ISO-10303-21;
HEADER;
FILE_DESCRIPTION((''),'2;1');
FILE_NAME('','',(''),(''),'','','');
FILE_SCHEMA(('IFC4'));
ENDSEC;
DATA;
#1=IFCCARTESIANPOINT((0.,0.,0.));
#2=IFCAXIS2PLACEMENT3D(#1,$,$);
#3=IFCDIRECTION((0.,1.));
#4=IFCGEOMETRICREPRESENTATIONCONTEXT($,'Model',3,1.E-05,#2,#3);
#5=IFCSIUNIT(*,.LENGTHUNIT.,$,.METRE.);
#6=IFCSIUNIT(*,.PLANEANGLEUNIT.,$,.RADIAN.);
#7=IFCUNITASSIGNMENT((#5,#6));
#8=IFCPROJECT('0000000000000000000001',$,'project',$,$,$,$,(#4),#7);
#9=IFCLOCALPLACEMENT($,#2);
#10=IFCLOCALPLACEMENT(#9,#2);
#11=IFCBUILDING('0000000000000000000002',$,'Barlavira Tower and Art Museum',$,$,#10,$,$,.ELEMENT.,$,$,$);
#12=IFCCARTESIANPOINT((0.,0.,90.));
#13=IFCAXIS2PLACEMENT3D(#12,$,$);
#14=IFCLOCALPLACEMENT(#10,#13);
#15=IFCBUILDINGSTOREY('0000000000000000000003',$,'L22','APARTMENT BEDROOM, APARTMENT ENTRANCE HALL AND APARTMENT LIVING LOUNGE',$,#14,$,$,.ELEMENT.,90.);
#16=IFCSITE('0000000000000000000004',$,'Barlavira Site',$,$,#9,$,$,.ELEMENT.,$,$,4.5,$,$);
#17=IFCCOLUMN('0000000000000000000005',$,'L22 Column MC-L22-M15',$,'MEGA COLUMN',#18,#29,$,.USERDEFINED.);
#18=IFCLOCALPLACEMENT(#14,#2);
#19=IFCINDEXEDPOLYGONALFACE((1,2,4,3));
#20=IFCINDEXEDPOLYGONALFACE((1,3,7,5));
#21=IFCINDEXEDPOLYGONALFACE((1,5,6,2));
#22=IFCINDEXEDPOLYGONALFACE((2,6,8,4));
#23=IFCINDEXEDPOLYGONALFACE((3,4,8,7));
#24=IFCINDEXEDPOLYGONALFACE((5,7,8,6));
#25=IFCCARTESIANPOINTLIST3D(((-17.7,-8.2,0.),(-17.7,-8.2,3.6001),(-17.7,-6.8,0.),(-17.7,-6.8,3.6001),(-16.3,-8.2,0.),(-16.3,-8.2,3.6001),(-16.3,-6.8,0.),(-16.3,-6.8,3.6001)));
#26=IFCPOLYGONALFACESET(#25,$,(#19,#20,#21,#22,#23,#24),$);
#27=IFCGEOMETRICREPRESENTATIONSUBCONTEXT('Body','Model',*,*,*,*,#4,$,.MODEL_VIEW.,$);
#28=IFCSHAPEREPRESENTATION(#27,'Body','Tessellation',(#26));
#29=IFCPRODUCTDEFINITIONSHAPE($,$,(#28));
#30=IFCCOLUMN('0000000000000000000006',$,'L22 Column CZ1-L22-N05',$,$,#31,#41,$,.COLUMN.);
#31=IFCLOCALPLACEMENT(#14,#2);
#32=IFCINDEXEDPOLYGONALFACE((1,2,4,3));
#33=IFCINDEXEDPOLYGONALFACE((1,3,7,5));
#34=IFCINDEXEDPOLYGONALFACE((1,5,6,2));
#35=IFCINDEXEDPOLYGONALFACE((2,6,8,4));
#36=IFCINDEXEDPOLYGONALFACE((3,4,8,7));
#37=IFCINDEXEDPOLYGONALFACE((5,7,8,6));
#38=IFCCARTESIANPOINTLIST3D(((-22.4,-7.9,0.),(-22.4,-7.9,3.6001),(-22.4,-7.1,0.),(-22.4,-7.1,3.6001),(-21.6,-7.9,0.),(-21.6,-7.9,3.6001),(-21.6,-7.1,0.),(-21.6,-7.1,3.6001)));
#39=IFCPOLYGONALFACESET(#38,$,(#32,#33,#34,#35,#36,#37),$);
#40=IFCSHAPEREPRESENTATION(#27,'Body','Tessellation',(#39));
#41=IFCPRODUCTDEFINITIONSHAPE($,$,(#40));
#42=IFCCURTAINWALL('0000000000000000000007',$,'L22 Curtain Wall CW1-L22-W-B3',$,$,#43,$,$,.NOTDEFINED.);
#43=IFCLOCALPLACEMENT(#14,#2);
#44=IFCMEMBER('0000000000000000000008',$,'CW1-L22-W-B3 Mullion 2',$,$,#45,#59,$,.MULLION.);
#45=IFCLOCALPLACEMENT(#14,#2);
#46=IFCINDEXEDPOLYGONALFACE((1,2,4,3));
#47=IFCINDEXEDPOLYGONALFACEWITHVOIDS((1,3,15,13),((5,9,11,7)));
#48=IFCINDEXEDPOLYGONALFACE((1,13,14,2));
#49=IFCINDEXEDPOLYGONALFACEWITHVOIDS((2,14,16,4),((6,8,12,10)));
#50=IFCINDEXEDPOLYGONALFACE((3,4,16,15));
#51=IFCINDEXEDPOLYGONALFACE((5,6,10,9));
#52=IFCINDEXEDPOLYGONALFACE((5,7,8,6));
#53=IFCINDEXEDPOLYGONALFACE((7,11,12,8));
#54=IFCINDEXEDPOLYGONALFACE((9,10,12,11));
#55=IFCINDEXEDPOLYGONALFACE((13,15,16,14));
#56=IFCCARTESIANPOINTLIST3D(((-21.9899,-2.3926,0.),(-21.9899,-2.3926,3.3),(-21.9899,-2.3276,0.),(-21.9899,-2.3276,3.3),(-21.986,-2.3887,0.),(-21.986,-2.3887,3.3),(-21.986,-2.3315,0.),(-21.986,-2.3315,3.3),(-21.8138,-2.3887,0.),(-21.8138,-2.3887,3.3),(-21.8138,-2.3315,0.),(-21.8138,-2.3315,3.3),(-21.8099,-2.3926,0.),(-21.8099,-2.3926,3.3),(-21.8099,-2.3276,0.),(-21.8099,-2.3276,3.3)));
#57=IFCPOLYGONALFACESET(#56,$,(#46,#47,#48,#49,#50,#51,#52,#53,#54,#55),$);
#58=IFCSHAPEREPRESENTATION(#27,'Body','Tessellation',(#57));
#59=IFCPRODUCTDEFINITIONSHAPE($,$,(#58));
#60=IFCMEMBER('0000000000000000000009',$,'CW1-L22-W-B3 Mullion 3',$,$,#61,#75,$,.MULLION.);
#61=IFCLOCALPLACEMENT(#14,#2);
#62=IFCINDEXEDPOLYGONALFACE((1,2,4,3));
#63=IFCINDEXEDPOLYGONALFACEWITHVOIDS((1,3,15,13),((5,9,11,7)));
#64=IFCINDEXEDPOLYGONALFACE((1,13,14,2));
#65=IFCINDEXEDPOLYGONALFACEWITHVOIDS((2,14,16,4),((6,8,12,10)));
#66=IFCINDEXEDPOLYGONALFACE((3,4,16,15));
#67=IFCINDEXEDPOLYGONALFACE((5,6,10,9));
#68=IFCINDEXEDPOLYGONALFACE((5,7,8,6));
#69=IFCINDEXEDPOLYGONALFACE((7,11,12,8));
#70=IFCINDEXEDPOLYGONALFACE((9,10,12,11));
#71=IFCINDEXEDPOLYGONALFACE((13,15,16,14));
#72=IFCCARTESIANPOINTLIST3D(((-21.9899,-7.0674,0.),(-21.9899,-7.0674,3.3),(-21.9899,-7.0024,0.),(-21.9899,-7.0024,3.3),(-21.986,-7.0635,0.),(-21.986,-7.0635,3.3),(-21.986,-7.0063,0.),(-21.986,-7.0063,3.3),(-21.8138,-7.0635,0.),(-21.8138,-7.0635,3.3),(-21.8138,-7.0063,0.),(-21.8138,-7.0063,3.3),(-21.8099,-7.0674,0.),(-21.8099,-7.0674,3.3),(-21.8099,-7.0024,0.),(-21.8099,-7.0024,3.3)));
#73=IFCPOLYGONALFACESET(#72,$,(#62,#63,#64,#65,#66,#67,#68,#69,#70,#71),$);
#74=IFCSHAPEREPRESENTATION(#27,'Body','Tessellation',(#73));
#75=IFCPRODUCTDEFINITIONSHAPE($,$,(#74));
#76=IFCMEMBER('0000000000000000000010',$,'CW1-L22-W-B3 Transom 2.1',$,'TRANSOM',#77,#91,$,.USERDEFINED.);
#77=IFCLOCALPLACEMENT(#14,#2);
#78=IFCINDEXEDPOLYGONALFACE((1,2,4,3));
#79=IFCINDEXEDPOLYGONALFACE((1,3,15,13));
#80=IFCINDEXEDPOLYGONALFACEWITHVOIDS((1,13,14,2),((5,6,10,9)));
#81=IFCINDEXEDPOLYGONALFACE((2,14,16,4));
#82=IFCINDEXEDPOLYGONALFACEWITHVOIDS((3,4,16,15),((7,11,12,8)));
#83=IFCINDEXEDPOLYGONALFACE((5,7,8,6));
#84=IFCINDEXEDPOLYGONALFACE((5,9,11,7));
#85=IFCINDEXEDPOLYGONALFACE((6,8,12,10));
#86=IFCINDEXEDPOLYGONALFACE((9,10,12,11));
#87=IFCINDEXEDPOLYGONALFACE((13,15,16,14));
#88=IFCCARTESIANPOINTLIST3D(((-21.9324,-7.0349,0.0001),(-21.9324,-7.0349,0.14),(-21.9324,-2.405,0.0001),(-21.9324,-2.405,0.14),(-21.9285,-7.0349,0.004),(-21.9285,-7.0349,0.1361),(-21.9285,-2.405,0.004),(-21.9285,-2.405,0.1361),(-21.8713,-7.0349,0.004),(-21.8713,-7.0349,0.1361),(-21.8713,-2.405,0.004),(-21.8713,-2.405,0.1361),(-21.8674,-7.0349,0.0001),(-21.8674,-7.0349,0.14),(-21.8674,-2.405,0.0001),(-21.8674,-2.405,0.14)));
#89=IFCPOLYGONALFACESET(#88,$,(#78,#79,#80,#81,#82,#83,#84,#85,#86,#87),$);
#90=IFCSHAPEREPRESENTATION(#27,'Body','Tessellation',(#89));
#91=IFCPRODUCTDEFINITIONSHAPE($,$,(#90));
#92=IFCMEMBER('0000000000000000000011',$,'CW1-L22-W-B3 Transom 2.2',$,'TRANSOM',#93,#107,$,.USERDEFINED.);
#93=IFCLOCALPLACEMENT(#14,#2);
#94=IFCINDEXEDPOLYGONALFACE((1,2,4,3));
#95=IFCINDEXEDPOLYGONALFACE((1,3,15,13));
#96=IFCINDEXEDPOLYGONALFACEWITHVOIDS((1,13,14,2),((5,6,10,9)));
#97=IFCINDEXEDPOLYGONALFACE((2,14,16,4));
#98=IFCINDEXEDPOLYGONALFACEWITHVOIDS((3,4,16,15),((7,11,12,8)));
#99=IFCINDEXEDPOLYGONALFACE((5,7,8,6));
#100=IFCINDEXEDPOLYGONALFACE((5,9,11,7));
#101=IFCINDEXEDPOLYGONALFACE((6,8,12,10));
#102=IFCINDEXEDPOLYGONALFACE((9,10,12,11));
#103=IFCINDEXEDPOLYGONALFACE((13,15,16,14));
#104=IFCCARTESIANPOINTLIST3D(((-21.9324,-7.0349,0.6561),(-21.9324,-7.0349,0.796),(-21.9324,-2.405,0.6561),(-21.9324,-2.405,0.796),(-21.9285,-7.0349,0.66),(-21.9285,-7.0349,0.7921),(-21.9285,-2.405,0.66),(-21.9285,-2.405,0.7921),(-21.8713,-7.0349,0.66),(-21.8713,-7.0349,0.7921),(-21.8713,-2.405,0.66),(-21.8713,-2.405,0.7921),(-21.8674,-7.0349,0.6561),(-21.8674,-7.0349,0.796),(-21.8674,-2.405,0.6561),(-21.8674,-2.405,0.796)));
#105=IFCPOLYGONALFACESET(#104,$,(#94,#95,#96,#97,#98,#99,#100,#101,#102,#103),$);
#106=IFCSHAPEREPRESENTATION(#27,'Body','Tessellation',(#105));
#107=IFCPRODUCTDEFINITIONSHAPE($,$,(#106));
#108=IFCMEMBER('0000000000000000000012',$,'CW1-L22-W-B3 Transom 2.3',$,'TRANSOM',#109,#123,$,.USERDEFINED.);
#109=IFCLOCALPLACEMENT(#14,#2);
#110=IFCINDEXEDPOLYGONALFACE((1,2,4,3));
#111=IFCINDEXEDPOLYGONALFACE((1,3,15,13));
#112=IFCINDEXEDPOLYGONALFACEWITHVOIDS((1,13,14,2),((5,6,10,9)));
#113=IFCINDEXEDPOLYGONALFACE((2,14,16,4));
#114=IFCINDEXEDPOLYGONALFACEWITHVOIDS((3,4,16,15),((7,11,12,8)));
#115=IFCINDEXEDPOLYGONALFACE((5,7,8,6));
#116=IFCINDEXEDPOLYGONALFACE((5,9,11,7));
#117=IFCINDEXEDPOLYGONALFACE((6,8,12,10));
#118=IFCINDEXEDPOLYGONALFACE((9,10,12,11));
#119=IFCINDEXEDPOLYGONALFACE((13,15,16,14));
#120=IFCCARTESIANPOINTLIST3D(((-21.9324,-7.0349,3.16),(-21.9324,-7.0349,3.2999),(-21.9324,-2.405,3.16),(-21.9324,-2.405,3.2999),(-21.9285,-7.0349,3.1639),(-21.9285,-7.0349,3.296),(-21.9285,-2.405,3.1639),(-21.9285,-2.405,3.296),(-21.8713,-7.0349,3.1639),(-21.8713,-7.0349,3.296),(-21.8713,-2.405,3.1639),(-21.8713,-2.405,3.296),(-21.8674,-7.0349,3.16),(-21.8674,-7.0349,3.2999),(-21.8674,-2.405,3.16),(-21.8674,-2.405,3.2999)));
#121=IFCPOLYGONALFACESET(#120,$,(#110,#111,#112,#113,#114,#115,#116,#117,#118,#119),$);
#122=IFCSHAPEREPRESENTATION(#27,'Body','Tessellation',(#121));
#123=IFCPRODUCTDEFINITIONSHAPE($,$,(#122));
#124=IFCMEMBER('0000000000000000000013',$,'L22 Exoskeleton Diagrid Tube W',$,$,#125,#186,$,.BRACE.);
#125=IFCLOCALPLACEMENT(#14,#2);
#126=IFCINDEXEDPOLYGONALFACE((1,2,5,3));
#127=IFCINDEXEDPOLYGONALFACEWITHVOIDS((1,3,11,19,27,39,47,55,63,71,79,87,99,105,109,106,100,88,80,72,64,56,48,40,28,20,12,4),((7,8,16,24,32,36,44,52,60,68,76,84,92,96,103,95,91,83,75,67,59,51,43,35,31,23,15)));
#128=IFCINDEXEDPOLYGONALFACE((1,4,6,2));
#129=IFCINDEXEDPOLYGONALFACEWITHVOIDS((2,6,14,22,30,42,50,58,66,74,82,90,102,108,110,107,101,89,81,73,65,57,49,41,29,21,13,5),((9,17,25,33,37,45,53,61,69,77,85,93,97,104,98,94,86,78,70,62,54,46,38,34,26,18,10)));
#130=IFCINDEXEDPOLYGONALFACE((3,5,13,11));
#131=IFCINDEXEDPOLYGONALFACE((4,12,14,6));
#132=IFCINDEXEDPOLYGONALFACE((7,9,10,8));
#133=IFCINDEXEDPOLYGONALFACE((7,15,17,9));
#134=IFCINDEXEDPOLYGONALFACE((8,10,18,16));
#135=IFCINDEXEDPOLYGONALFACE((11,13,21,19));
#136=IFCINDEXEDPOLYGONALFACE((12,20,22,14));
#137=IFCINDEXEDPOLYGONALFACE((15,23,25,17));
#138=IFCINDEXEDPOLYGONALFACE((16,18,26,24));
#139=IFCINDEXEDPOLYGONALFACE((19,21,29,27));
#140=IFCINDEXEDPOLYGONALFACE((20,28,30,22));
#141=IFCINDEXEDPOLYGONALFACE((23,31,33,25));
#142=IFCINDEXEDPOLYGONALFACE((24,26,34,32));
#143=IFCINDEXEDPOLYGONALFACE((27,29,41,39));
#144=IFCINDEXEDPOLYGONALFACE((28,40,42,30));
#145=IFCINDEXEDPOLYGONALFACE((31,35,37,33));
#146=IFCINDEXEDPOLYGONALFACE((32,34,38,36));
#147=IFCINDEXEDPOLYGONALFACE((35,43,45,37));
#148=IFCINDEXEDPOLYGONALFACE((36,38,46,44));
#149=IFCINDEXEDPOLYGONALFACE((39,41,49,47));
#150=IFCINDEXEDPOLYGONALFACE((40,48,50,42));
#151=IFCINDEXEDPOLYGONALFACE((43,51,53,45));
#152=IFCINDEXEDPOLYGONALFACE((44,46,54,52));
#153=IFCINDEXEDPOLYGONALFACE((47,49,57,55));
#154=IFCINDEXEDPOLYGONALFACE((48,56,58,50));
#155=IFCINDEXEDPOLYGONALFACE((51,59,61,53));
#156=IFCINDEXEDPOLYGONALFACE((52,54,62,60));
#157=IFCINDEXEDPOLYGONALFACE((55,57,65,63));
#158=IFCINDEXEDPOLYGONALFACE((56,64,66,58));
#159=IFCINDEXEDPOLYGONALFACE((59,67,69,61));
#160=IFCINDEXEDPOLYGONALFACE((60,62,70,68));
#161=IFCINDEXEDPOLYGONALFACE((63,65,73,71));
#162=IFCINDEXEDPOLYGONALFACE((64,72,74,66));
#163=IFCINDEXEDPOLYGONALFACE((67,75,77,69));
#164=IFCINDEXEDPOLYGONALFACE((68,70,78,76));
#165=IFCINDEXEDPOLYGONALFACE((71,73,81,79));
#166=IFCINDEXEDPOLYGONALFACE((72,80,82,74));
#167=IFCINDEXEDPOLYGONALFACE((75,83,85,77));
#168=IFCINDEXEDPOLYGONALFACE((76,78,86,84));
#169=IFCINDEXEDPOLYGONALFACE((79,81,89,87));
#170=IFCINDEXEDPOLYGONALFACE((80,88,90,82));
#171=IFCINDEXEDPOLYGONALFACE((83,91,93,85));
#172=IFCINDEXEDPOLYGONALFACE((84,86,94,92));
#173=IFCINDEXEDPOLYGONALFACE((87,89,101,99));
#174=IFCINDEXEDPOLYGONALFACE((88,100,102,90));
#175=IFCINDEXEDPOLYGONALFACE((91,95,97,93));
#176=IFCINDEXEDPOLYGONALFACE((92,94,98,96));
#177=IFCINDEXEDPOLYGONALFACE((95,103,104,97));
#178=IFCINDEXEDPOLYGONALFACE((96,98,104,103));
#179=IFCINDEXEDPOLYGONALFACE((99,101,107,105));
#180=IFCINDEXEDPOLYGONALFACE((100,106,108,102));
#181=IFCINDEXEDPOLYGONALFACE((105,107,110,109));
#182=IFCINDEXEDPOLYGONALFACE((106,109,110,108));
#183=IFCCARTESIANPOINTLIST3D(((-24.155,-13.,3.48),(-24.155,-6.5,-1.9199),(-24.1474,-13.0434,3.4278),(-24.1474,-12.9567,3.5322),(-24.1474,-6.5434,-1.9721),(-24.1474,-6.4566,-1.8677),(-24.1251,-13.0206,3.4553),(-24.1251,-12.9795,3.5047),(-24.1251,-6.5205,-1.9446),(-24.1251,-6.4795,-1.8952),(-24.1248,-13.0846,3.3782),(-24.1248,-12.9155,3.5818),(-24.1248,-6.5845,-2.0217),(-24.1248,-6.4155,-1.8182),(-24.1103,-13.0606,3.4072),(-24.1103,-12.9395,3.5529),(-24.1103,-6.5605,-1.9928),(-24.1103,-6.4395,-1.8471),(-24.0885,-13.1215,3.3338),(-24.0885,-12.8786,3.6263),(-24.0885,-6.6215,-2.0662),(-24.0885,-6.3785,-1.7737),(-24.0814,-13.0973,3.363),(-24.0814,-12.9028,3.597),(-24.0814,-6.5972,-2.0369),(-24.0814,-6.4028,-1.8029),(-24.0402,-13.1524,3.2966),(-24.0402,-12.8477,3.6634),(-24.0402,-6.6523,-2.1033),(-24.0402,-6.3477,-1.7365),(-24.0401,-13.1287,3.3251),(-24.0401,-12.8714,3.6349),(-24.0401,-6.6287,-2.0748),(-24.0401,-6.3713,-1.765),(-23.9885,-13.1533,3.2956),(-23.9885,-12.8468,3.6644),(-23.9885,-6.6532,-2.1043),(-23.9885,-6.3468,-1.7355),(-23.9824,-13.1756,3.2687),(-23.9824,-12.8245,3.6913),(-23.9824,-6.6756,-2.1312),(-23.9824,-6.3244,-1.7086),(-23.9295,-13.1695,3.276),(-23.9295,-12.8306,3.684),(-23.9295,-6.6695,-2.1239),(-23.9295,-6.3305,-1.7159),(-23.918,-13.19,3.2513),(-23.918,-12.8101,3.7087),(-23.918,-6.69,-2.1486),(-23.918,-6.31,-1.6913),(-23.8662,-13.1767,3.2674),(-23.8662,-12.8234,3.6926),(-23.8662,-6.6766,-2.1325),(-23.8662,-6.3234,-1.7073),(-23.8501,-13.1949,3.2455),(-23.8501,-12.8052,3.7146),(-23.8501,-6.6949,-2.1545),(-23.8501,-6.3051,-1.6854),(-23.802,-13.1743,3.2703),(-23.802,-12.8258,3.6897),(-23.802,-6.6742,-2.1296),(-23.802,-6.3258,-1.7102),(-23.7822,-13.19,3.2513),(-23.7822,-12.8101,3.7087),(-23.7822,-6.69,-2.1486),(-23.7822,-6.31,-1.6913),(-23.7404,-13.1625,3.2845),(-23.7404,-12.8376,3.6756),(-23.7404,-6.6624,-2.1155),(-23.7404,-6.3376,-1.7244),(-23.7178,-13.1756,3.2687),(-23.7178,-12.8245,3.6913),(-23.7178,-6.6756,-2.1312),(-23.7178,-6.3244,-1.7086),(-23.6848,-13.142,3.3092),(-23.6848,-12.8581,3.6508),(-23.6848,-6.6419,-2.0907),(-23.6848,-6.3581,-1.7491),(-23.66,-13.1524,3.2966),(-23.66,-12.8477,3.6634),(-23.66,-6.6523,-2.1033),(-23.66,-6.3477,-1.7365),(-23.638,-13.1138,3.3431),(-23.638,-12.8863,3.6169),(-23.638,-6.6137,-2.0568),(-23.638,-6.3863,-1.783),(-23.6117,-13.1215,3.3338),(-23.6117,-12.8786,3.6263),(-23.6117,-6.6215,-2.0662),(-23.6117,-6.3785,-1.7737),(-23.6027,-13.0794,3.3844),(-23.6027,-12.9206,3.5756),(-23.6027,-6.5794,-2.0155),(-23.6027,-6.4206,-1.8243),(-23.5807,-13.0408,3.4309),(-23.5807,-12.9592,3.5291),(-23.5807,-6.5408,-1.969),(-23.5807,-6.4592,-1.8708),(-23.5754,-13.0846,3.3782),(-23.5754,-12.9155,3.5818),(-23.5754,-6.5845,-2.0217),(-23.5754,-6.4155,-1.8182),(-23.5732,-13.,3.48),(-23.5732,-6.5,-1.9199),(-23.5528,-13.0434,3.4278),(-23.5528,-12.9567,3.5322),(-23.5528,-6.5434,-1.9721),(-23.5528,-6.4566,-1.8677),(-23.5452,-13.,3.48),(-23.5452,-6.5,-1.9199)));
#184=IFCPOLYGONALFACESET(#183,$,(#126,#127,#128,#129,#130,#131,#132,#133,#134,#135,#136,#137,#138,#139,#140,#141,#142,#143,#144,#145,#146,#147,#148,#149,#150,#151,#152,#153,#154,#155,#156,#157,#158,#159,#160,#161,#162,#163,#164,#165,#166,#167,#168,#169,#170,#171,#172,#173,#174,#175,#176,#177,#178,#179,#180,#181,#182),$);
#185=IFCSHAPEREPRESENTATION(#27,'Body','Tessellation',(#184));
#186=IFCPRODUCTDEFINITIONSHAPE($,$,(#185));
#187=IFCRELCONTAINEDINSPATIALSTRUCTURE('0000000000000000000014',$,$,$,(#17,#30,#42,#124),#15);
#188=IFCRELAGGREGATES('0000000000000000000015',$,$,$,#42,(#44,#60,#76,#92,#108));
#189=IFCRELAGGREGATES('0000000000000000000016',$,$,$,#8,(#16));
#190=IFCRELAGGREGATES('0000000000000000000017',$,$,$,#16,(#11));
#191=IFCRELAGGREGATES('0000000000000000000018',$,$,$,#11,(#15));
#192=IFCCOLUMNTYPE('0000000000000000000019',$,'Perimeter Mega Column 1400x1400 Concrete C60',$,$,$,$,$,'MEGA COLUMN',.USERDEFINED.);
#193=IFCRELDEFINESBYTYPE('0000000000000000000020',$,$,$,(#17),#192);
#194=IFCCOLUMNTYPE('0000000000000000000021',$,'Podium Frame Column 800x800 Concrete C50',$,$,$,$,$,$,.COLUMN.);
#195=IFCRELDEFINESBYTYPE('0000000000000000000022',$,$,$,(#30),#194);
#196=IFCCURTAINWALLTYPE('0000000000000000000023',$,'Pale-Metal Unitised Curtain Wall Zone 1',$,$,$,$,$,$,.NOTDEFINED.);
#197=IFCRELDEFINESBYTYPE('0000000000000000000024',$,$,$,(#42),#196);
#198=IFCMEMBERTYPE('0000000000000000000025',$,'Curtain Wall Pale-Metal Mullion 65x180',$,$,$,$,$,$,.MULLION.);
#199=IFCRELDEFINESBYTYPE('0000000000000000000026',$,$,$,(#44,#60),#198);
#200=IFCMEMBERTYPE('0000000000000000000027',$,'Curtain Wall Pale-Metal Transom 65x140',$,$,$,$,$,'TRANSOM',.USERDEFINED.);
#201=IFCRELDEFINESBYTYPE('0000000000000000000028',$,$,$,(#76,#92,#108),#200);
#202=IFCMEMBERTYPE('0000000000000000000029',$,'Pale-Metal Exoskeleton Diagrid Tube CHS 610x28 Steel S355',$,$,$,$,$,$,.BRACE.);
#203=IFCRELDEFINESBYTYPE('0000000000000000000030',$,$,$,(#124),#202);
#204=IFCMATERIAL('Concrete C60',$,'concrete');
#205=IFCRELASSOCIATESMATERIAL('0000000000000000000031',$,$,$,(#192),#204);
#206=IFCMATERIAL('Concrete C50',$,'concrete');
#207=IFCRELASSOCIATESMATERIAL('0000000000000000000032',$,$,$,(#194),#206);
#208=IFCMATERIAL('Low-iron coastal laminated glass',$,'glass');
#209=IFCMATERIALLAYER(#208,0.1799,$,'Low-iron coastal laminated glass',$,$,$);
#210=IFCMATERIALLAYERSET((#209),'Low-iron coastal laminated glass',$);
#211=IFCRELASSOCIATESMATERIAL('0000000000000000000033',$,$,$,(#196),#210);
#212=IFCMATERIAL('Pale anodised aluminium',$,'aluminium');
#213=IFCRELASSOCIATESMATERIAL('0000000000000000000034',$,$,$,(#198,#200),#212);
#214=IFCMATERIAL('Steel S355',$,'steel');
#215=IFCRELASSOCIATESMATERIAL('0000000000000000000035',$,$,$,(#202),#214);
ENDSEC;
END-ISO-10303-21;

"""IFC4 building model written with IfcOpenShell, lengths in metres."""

from ifc_helpers import new_model, si_unit, direction, frame, origin, origin_2d, place, context, subcontext, project, spatial, rectangle, hollow_rectangle, hollow_circle, extrude, material, layer, layer_set, material_profile, profile_set, type_object, element, aggregate, save


model = new_model("IFC4")

# Units and contexts
model_context = context("Model", 3, precision=1e-05, world=origin(), true_north=direction((0.0, 1.0)))
body_context = subcontext(model_context, "Body", "Model", "MODEL_VIEW")
ifc_project = project(units=[si_unit("LENGTHUNIT", "METRE"), si_unit("PLANEANGLEUNIT", "RADIAN")], contexts=[model_context])

# Site, building, storey
site_placement = place(None, origin())
site = spatial("IfcSite", under=ifc_project, at=site_placement, Name="Barlavira Site", CompositionType="ELEMENT", RefElevation=4.5)
building_placement = place(site_placement, origin())
building = spatial("IfcBuilding", under=site, at=building_placement, Name="Barlavira Tower and Art Museum", CompositionType="ELEMENT")
storey_placement = place(building_placement, frame((0.0, 0.0, 90.0)))
storey = spatial("IfcBuildingStorey", under=building, at=storey_placement, Name="L22", Description="APARTMENT BEDROOM, APARTMENT ENTRANCE HALL AND APARTMENT LIVING LOUNGE", CompositionType="ELEMENT", Elevation=90.0)

# Columns
ifc_material_1 = material(Name="Concrete C60", Category="concrete")
ifc_material_profile_1 = material_profile(ifc_material_1, rectangle(XDim=1.3999, YDim=1.3999, at=origin_2d()), Name="RC-MCOL 1400x1400")
ifc_profile_set_1 = profile_set([ifc_material_profile_1], Name="Concrete C60")
column_type_1 = type_object("IfcColumnType", Name="Perimeter Mega Column 1400x1400 Concrete C60", ElementType="MEGA COLUMN", PredefinedType="USERDEFINED", material=ifc_profile_set_1)
column_1_placement = place(storey_placement, frame((-17.0, -7.5, 0.0), z_axis=(0.0, 0.0, 1.0), x_axis=(1.0, 0.0, 0.0)))
element("IfcColumn", 1, at=column_1_placement, inside=storey, type_object=column_type_1, Name="L22 Column MC-L22-M15", ObjectType="MEGA COLUMN", PredefinedType="USERDEFINED", context=body_context, shape_type="SweptSolid", body=[
    extrude(rectangle(XDim=1.3999, YDim=1.3999, at=origin_2d()), origin(), (0.0, 0.0, 1.0), 3.6001),
])
ifc_material_2 = material(Name="Concrete C50", Category="concrete")
ifc_material_profile_2 = material_profile(ifc_material_2, rectangle(XDim=0.8, YDim=0.8, at=origin_2d()), Name="RC-COL 800x800")
ifc_profile_set_2 = profile_set([ifc_material_profile_2], Name="Concrete C50")
column_type_2 = type_object("IfcColumnType", Name="Podium Frame Column 800x800 Concrete C50", PredefinedType="COLUMN", material=ifc_profile_set_2)
column_2_placement = place(storey_placement, frame((-22.0, -7.5, 0.0), z_axis=(0.0, 0.0, 1.0), x_axis=(1.0, 0.0, 0.0)))
element("IfcColumn", 2, at=column_2_placement, inside=storey, type_object=column_type_2, Name="L22 Column CZ1-L22-N05", PredefinedType="COLUMN", context=body_context, shape_type="SweptSolid", body=[
    extrude(rectangle(XDim=0.8, YDim=0.8, at=origin_2d()), origin(), (0.0, 0.0, 1.0), 3.6001),
])

# Curtain wall, members
ifc_material_3 = material(Name="Low-iron coastal laminated glass", Category="glass")
ifc_layer_1 = layer(ifc_material_3, 0.1799, Name="Low-iron coastal laminated glass")
ifc_layer_set_1 = layer_set([ifc_layer_1], Name="Low-iron coastal laminated glass")
curtain_wall_type = type_object("IfcCurtainWallType", Name="Pale-Metal Unitised Curtain Wall Zone 1", PredefinedType="NOTDEFINED", material=ifc_layer_set_1)
curtain_wall_placement = place(storey_placement, origin())
curtain_wall = element("IfcCurtainWall", 3, at=curtain_wall_placement, inside=storey, type_object=curtain_wall_type, Name="L22 Curtain Wall CW1-L22-W-B3", PredefinedType="NOTDEFINED")
ifc_material_4 = material(Name="Pale anodised aluminium", Category="aluminium")
ifc_material_profile_3 = material_profile(ifc_material_4, hollow_rectangle(XDim=0.0649, YDim=0.1799, WallThickness=0.0039, at=origin_2d()), Name="ALU-MULL 65x180x4")
ifc_profile_set_3 = profile_set([ifc_material_profile_3], Name="Pale anodised aluminium")
member_type_1 = type_object("IfcMemberType", Name="Curtain Wall Pale-Metal Mullion 65x180", PredefinedType="MULLION", material=ifc_profile_set_3)
member_1_placement = place(storey_placement, frame((-21.8999, -2.3601, 0.0), z_axis=(0.0, 0.0, 1.0), x_axis=(0.0, -1.0, 0.0)))
member_1 = element("IfcMember", 4, at=member_1_placement, type_object=member_type_1, Name="CW1-L22-W-B3 Mullion 2", PredefinedType="MULLION", context=body_context, shape_type="SweptSolid", body=[
    extrude(hollow_rectangle(XDim=0.0649, YDim=0.1799, WallThickness=0.0039, at=origin_2d()), origin(), (0.0, 0.0, 1.0), 3.3),
])
member_2_placement = place(storey_placement, frame((-21.8999, -7.0349, 0.0), z_axis=(0.0, 0.0, 1.0), x_axis=(0.0, -1.0, 0.0)))
member_2 = element("IfcMember", 5, at=member_2_placement, type_object=member_type_1, Name="CW1-L22-W-B3 Mullion 3", PredefinedType="MULLION", context=body_context, shape_type="SweptSolid", body=[
    extrude(hollow_rectangle(XDim=0.0649, YDim=0.1799, WallThickness=0.0039, at=origin_2d()), origin(), (0.0, 0.0, 1.0), 3.3),
])
ifc_material_profile_4 = material_profile(ifc_material_4, hollow_rectangle(XDim=0.0649, YDim=0.1399, WallThickness=0.0039, at=origin_2d()), Name="ALU-TRAN 65x140x4")
ifc_profile_set_4 = profile_set([ifc_material_profile_4], Name="Pale anodised aluminium")
member_type_2 = type_object("IfcMemberType", Name="Curtain Wall Pale-Metal Transom 65x140", ElementType="TRANSOM", PredefinedType="USERDEFINED", material=ifc_profile_set_4)
member_3_placement = place(storey_placement, frame((-21.8999, -2.405, 0.0701), z_axis=(0.0, -1.0, 0.0), x_axis=(1.0, 0.0, 0.0)))
member_3 = element("IfcMember", 6, at=member_3_placement, type_object=member_type_2, Name="CW1-L22-W-B3 Transom 2.1", ObjectType="TRANSOM", PredefinedType="USERDEFINED", context=body_context, shape_type="SweptSolid", body=[
    extrude(hollow_rectangle(XDim=0.0649, YDim=0.1399, WallThickness=0.0039, at=origin_2d()), origin(), (0.0, 0.0, 1.0), 4.6299),
])
member_4_placement = place(storey_placement, frame((-21.8999, -2.405, 0.7261), z_axis=(0.0, -1.0, 0.0), x_axis=(1.0, 0.0, 0.0)))
member_4 = element("IfcMember", 7, at=member_4_placement, type_object=member_type_2, Name="CW1-L22-W-B3 Transom 2.2", ObjectType="TRANSOM", PredefinedType="USERDEFINED", context=body_context, shape_type="SweptSolid", body=[
    extrude(hollow_rectangle(XDim=0.0649, YDim=0.1399, WallThickness=0.0039, at=origin_2d()), origin(), (0.0, 0.0, 1.0), 4.6299),
])
member_5_placement = place(storey_placement, frame((-21.8999, -2.405, 3.23), z_axis=(0.0, -1.0, 0.0), x_axis=(1.0, 0.0, 0.0)))
member_5 = element("IfcMember", 8, at=member_5_placement, type_object=member_type_2, Name="CW1-L22-W-B3 Transom 2.3", ObjectType="TRANSOM", PredefinedType="USERDEFINED", context=body_context, shape_type="SweptSolid", body=[
    extrude(hollow_rectangle(XDim=0.0649, YDim=0.1399, WallThickness=0.0039, at=origin_2d()), origin(), (0.0, 0.0, 1.0), 4.6299),
])

# Member
ifc_material_5 = material(Name="Steel S355", Category="steel")
ifc_material_profile_5 = material_profile(ifc_material_5, hollow_circle(Radius=0.3049, WallThickness=0.0281, at=origin_2d()), Name="CHS 610.0x28.0")
ifc_profile_set_5 = profile_set([ifc_material_profile_5], Name="Steel S355")
member_type_3 = type_object("IfcMemberType", Name="Pale-Metal Exoskeleton Diagrid Tube CHS 610x28 Steel S355", PredefinedType="BRACE", material=ifc_profile_set_5)
for number, where, z_axis, x_axis, name in (
    (9, (-23.8501, -6.5, -1.9199), (0.0, -0.769196, 0.639013), (1.0, 0.0, 0.0), "L22 Exoskeleton Diagrid Tube W"),
):
    element("IfcMember", number, at=place(storey_placement, frame(where, z_axis=z_axis, x_axis=x_axis)), inside=storey, type_object=member_type_3, Name=name, PredefinedType="BRACE", context=body_context, shape_type="SweptSolid", body=[
        extrude(hollow_circle(Radius=0.3049, WallThickness=0.0281, at=origin_2d()), origin(), (0.0, 0.0, 1.0), 8.4504),
    ])

aggregate(curtain_wall, [member_1, member_2, member_3, member_4, member_5])

save(model, "model.ifc")
